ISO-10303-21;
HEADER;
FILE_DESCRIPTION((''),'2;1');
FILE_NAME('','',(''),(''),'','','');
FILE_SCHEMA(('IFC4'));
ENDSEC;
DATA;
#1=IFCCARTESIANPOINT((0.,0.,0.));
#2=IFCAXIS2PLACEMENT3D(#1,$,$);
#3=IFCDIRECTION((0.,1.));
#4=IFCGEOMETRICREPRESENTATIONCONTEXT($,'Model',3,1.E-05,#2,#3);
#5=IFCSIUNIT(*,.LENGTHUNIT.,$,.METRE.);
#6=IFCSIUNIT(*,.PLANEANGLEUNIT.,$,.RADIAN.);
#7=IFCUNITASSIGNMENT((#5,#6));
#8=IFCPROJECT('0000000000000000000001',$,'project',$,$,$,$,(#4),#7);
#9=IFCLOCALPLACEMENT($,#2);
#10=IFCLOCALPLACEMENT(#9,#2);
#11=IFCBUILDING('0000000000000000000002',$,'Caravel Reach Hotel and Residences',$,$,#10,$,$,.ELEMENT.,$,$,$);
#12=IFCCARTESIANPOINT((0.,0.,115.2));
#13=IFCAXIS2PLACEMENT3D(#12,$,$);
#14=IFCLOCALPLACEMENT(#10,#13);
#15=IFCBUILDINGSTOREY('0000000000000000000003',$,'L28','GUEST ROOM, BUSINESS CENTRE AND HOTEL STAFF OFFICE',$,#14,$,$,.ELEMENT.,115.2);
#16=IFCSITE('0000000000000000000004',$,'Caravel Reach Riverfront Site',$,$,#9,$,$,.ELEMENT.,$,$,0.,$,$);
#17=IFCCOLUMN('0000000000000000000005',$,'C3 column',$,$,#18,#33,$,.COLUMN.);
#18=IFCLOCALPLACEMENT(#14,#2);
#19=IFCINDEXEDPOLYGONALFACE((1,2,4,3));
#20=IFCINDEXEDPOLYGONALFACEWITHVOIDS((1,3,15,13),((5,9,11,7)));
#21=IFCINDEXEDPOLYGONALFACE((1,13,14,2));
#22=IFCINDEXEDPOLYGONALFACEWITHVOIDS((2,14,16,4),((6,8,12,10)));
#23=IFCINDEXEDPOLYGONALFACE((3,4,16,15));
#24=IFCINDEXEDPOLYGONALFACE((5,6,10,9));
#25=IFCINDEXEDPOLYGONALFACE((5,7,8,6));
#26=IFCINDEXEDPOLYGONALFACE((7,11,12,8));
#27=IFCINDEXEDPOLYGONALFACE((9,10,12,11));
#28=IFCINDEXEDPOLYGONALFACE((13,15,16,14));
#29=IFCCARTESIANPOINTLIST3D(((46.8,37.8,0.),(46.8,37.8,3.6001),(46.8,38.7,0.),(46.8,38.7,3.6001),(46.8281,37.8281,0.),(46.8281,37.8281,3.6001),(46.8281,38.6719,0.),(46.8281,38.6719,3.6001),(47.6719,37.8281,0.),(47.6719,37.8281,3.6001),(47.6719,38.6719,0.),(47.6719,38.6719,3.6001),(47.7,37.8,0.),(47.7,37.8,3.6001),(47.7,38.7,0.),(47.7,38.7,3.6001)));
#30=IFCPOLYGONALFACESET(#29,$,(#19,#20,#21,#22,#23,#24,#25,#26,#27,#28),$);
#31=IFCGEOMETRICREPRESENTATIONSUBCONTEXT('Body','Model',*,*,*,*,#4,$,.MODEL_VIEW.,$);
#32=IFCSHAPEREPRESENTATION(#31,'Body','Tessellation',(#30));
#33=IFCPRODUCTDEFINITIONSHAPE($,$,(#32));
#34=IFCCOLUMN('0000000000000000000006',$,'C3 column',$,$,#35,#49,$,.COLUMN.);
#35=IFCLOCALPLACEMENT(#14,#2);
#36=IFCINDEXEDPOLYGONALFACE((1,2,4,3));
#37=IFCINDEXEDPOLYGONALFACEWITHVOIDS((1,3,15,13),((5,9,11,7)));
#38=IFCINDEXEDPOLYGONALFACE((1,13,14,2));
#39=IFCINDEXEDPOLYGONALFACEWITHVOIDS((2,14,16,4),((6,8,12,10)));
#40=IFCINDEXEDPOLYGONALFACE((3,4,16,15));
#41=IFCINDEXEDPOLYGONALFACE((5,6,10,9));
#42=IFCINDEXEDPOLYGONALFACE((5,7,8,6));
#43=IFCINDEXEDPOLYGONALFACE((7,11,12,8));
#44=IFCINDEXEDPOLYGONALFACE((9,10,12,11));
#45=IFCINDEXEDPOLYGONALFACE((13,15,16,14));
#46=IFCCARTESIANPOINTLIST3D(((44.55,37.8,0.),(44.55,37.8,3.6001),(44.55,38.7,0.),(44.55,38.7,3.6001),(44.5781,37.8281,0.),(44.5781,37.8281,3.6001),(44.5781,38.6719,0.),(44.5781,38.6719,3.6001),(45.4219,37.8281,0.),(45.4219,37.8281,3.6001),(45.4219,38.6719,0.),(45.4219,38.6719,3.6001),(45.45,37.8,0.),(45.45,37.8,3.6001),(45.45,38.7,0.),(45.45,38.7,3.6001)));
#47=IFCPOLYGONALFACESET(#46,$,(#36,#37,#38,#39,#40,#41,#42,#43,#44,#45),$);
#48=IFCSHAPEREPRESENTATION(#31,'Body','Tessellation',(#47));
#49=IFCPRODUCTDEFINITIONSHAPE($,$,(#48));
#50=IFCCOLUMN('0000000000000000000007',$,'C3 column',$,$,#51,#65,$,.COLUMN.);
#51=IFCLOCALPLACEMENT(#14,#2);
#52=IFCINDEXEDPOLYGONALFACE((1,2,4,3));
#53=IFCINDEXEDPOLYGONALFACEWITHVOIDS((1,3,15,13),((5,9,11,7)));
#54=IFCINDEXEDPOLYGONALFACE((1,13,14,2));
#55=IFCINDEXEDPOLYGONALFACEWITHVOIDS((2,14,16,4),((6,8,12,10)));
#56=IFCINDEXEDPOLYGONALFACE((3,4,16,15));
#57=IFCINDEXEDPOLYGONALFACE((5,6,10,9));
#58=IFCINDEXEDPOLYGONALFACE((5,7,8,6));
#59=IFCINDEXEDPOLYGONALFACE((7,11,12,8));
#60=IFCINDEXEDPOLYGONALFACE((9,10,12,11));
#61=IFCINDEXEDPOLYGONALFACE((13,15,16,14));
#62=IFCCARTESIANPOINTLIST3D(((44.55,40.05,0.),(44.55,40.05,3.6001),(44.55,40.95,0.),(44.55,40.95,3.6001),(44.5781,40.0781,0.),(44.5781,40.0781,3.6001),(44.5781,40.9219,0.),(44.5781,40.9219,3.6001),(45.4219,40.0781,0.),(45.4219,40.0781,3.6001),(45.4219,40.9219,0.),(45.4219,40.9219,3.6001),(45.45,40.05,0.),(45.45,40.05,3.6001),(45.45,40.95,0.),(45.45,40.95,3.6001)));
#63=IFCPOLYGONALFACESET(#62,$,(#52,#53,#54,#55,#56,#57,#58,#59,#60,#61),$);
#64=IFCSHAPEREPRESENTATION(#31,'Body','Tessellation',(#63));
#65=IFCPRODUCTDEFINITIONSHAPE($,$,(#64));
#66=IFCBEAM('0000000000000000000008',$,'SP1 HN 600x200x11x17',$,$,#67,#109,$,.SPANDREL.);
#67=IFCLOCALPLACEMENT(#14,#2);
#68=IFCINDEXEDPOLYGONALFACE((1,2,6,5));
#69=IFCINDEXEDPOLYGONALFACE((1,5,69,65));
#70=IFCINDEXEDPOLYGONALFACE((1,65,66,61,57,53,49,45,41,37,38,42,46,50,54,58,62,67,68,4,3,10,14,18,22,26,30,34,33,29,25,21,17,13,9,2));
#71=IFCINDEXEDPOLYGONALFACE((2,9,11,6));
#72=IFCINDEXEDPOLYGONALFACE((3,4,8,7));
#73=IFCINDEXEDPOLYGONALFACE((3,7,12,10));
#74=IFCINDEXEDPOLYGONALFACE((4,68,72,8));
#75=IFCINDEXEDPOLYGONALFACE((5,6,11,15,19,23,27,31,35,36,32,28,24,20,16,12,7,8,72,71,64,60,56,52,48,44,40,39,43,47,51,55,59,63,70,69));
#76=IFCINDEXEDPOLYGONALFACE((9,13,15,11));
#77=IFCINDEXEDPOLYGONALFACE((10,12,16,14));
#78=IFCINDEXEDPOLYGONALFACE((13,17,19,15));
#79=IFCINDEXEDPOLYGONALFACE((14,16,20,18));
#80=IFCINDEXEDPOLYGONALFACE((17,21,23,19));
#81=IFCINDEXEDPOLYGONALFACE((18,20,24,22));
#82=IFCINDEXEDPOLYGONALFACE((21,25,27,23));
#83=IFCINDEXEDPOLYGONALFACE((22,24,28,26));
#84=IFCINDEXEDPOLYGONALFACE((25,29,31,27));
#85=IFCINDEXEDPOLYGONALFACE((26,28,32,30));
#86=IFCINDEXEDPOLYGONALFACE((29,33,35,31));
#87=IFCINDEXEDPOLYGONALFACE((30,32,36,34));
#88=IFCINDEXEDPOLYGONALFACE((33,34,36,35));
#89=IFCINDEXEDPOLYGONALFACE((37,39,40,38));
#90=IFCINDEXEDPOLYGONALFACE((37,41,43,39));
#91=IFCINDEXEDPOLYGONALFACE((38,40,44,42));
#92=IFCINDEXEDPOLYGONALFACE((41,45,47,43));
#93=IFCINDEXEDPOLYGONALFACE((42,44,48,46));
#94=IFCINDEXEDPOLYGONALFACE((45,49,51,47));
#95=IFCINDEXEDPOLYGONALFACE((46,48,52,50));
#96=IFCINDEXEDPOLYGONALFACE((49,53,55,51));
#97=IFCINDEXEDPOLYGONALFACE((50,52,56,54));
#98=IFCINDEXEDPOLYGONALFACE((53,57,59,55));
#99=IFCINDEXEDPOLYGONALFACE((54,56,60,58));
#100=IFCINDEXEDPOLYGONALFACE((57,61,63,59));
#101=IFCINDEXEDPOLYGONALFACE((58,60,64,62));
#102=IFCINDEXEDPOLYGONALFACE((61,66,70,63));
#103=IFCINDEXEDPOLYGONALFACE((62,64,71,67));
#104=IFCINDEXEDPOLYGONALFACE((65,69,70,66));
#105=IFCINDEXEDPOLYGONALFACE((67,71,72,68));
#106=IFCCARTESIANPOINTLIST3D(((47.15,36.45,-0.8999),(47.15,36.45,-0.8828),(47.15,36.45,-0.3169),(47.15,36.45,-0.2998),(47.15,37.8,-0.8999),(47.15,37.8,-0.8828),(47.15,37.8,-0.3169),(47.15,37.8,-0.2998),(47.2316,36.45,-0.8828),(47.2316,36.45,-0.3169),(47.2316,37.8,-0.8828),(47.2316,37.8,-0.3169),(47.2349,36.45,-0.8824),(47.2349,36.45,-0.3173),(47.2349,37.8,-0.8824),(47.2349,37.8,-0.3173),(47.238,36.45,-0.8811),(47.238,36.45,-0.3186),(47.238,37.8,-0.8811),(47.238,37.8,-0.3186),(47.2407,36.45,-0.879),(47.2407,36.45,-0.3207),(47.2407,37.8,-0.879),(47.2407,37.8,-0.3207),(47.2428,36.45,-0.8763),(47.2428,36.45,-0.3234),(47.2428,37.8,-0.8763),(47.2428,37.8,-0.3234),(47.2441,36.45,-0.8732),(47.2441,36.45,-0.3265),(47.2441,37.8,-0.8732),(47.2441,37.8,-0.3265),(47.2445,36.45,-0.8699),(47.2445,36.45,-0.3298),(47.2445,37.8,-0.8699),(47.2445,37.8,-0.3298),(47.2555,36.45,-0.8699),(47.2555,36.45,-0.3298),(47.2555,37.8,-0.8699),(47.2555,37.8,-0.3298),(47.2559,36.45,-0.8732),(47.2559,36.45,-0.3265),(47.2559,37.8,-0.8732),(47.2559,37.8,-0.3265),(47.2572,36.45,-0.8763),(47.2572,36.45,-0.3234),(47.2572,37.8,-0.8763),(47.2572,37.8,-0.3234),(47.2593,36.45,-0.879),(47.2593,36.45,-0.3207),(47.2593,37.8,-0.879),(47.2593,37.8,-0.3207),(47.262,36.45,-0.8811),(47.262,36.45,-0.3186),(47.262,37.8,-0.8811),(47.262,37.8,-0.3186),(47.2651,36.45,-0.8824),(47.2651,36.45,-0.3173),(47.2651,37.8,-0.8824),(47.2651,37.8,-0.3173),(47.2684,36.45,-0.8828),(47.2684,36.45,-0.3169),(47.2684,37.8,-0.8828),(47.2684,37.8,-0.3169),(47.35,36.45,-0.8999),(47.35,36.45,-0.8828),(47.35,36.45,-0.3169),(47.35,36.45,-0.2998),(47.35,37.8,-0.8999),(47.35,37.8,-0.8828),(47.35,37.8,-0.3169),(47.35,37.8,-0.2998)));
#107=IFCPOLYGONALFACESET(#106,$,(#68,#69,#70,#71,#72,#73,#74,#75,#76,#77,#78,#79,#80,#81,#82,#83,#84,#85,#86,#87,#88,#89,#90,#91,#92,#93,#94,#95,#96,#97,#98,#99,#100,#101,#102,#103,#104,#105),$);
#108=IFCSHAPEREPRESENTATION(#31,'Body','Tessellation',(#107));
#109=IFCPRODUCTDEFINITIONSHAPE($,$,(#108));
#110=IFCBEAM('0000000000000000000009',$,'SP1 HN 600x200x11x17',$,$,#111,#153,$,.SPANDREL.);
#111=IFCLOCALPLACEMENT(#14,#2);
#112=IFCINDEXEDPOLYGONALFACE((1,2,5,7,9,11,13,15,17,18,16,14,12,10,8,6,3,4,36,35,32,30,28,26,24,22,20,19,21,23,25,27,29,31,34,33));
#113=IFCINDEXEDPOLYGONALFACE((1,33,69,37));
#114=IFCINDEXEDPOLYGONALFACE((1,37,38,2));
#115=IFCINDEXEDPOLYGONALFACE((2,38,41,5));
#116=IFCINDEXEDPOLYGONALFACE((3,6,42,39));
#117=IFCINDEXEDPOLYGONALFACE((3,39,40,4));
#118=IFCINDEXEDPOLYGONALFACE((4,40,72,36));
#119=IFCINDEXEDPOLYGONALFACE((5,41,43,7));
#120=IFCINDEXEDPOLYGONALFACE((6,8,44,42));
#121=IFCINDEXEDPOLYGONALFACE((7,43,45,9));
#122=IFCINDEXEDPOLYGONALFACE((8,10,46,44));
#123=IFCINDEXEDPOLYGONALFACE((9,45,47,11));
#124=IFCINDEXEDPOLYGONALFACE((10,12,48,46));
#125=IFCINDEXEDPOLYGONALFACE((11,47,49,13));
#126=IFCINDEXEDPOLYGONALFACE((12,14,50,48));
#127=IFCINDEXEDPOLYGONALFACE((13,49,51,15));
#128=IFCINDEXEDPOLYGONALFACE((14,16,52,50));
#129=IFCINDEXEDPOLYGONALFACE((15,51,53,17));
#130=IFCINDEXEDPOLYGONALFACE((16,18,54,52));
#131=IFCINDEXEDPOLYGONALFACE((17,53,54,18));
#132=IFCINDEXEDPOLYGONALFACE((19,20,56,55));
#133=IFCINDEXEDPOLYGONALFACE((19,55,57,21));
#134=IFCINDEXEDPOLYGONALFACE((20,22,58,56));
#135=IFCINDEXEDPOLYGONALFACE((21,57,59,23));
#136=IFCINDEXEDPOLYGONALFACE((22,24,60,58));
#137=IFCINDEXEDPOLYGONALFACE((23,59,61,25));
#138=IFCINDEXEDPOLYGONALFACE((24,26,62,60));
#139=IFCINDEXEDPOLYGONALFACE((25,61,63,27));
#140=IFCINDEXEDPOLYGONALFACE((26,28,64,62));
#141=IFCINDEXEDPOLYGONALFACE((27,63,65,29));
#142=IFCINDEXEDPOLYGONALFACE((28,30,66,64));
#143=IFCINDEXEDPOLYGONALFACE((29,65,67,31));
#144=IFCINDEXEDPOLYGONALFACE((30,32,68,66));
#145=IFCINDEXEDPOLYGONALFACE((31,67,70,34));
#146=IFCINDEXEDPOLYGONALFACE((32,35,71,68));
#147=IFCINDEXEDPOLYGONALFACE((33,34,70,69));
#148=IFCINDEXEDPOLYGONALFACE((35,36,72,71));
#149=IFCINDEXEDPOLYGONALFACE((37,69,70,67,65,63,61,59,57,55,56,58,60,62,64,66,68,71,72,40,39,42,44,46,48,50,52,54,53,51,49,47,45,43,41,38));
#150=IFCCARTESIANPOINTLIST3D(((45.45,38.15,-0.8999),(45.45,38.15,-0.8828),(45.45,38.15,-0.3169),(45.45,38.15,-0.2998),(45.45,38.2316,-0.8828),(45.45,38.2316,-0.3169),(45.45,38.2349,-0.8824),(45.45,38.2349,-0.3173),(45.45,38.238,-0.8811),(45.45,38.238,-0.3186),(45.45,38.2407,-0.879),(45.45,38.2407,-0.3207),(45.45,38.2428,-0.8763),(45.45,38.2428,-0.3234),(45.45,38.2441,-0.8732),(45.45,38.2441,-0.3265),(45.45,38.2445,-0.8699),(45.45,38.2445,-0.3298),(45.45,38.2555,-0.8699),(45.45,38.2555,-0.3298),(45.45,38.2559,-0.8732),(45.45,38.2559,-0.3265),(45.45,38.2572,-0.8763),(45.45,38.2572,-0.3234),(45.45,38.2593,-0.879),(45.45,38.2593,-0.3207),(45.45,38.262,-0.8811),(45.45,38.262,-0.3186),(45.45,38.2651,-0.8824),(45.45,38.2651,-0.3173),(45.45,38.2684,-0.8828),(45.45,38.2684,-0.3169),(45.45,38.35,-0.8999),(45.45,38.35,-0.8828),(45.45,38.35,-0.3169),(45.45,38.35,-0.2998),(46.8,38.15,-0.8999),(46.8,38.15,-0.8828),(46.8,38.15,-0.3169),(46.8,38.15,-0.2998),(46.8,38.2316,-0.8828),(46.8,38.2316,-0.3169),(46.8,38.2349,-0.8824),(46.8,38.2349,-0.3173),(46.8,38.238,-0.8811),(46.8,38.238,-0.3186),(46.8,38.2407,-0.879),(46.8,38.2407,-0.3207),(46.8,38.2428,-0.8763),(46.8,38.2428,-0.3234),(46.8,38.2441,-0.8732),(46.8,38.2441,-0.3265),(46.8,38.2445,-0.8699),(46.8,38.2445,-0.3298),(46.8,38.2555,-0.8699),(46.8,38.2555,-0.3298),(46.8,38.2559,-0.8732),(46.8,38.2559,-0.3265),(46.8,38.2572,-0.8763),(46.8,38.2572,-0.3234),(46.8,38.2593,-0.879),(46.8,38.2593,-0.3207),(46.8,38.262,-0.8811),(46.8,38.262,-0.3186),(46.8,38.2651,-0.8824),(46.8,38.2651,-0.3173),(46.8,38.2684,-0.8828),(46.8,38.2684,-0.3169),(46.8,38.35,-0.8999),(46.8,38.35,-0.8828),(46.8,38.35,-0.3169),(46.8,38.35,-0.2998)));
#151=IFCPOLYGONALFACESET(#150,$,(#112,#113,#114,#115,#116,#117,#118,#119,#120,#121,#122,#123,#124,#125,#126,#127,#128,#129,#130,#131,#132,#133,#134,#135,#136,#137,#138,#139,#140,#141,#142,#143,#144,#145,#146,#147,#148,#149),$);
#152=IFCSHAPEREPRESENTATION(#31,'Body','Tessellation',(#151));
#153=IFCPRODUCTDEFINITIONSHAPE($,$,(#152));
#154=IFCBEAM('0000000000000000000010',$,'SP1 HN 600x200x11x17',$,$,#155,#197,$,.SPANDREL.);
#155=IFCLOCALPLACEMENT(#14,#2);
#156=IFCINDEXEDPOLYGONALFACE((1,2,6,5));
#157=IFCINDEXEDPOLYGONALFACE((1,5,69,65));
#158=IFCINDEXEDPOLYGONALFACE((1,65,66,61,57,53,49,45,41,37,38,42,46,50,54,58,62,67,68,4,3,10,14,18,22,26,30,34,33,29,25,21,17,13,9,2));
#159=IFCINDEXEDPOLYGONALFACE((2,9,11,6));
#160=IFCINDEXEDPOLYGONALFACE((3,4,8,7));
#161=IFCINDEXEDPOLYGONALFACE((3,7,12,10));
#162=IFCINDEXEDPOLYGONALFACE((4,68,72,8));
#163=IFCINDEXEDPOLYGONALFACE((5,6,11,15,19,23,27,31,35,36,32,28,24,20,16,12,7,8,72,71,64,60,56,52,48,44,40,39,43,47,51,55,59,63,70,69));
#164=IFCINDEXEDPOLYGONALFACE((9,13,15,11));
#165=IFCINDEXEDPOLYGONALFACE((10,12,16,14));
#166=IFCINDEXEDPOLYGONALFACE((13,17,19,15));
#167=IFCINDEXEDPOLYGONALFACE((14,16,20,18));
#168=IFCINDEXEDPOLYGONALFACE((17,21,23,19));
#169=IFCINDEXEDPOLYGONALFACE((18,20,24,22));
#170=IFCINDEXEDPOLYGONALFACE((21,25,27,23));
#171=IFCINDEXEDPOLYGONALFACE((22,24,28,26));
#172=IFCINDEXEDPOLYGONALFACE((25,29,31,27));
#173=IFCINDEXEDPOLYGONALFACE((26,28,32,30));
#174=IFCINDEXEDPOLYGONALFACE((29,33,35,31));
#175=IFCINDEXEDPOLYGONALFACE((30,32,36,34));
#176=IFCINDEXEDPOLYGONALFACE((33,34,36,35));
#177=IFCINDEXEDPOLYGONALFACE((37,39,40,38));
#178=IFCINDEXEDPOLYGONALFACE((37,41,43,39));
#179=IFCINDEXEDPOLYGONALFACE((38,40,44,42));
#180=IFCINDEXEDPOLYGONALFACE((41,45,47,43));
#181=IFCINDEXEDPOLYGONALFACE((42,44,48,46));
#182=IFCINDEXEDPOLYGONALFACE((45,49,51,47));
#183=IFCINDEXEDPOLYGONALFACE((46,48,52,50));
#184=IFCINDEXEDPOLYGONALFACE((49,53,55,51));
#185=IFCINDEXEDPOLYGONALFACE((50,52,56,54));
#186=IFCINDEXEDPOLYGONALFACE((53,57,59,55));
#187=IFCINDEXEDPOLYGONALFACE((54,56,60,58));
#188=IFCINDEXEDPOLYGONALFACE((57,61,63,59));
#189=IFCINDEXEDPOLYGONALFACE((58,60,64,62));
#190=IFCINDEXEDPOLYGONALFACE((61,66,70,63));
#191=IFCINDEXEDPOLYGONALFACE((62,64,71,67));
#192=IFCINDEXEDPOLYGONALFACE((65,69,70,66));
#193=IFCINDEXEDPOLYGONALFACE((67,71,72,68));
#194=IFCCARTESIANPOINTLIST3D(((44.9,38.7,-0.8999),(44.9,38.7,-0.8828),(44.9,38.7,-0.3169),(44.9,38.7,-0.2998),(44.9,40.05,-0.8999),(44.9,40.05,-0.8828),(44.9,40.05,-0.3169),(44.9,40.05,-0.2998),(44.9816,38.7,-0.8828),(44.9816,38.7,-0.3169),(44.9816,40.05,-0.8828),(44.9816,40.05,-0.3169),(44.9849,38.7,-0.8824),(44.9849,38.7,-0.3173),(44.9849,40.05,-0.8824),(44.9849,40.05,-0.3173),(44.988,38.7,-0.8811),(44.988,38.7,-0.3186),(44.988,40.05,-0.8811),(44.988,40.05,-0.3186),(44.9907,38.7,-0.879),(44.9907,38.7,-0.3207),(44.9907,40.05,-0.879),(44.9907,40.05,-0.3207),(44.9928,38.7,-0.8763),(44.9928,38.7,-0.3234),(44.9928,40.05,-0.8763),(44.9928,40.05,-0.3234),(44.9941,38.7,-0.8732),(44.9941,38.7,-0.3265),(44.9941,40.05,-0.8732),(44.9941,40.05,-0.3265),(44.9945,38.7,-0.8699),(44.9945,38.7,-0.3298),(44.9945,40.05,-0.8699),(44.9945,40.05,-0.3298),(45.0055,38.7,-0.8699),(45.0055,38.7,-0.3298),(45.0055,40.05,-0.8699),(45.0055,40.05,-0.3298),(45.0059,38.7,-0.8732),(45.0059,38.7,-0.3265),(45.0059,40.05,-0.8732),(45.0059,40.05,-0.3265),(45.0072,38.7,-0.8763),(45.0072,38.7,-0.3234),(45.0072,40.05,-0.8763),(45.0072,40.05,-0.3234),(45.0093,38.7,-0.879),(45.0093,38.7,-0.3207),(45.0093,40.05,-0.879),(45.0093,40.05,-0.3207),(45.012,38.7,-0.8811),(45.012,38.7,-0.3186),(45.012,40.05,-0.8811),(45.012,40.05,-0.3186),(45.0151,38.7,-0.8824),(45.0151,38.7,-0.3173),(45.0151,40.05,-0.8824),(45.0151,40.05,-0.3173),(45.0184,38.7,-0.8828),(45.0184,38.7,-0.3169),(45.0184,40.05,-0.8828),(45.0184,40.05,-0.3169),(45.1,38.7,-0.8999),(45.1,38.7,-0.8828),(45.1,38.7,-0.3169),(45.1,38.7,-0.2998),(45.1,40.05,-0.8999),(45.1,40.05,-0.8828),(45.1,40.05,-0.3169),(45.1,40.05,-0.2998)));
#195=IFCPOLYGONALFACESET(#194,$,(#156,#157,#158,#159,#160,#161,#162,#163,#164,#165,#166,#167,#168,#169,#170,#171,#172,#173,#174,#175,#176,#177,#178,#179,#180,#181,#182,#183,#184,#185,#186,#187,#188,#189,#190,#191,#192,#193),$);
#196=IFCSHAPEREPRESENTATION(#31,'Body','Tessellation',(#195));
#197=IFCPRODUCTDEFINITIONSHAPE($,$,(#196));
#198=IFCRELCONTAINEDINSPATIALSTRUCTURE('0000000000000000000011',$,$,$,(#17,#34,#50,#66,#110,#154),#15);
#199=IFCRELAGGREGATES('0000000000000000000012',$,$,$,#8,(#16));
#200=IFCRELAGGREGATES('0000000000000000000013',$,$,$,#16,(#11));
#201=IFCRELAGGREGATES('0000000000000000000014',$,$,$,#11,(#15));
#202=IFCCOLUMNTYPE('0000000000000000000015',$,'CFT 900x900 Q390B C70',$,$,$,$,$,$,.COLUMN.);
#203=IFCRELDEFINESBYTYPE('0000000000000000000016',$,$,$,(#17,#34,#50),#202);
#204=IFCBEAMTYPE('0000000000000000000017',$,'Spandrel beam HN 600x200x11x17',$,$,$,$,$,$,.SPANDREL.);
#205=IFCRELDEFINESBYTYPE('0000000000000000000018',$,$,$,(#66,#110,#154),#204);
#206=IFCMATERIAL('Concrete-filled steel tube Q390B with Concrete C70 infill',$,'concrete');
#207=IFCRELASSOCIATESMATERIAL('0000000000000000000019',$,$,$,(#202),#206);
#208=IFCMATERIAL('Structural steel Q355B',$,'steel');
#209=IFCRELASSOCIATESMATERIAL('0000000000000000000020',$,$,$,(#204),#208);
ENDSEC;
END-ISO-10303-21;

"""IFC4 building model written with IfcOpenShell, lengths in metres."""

from ifc_helpers import new_model, si_unit, direction, frame, origin, origin_2d, place, context, subcontext, project, spatial, hollow_rectangle, i_section, extrude, material, material_profile, profile_set, type_object, element, save


model = new_model("IFC4")

# Units and contexts
model_context = context("Model", 3, precision=1e-05, world=origin(), true_north=direction((0.0, 1.0)))
body_context = subcontext(model_context, "Body", "Model", "MODEL_VIEW")
ifc_project = project(units=[si_unit("LENGTHUNIT", "METRE"), si_unit("PLANEANGLEUNIT", "RADIAN")], contexts=[model_context])

# Site, building, storey
site_placement = place(None, origin())
site = spatial("IfcSite", under=ifc_project, at=site_placement, Name="Caravel Reach Riverfront Site", CompositionType="ELEMENT", RefElevation=0.0)
building_placement = place(site_placement, origin())
building = spatial("IfcBuilding", under=site, at=building_placement, Name="Caravel Reach Hotel and Residences", CompositionType="ELEMENT")
storey_placement = place(building_placement, frame((0.0, 0.0, 115.2)))
storey = spatial("IfcBuildingStorey", under=building, at=storey_placement, Name="L28", Description="GUEST ROOM, BUSINESS CENTRE AND HOTEL STAFF OFFICE", CompositionType="ELEMENT", Elevation=115.2)

# Columns
ifc_material_1 = material(Name="Concrete-filled steel tube Q390B with Concrete C70 infill", Category="concrete")
ifc_material_profile_1 = material_profile(ifc_material_1, hollow_rectangle(XDim=0.8999, YDim=0.8999, WallThickness=0.0281, at=origin_2d()), Name="RHS 900x900x28")
ifc_profile_set_1 = profile_set([ifc_material_profile_1], Name="Concrete-filled steel tube Q390B with Concrete C70 infill")
column_type = type_object("IfcColumnType", Name="CFT 900x900 Q390B C70", PredefinedType="COLUMN", material=ifc_profile_set_1)
for number, where, z_axis, x_axis, name in (
    (1, (47.25, 38.25, 0.0), (0.0, 0.0, 1.0), (1.0, 0.0, 0.0), "C3 column"),
    (2, (45.0, 38.25, 0.0), (0.0, 0.0, 1.0), (1.0, 0.0, 0.0), "C3 column"),
    (3, (45.0, 40.5, 0.0), (0.0, 0.0, 1.0), (1.0, 0.0, 0.0), "C3 column"),
):
    element("IfcColumn", number, at=place(storey_placement, frame(where, z_axis=z_axis, x_axis=x_axis)), inside=storey, type_object=column_type, Name=name, PredefinedType="COLUMN", context=body_context, shape_type="SweptSolid", body=[
        extrude(hollow_rectangle(XDim=0.8999, YDim=0.8999, WallThickness=0.0281, at=origin_2d()), origin(), (0.0, 0.0, 1.0), 3.6001),
    ])

# Beams
ifc_material_2 = material(Name="Structural steel Q355B", Category="steel")
ifc_material_profile_2 = material_profile(ifc_material_2, i_section(OverallWidth=0.2, OverallDepth=0.6001, WebThickness=0.011, FlangeThickness=0.0171, FilletRadius=0.0129, at=origin_2d()), Name="HN 600x200x11x17")
ifc_profile_set_2 = profile_set([ifc_material_profile_2], Name="Structural steel Q355B")
beam_type = type_object("IfcBeamType", Name="Spandrel beam HN 600x200x11x17", PredefinedType="SPANDREL", material=ifc_profile_set_2)
for number, where, z_axis, x_axis, name in (
    (4, (47.25, 36.45, -0.5999), (0.0, 1.0, 0.0), (-1.0, 0.0, 0.0), "SP1 HN 600x200x11x17"),
    (5, (46.8, 38.25, -0.5999), (-1.0, 0.0, 0.0), (0.0, -1.0, 0.0), "SP1 HN 600x200x11x17"),
    (6, (45.0, 38.7, -0.5999), (0.0, 1.0, 0.0), (-1.0, 0.0, 0.0), "SP1 HN 600x200x11x17"),
):
    element("IfcBeam", number, at=place(storey_placement, frame(where, z_axis=z_axis, x_axis=x_axis)), inside=storey, type_object=beam_type, Name=name, PredefinedType="SPANDREL", context=body_context, shape_type="SweptSolid", body=[
        extrude(i_section(OverallWidth=0.2, OverallDepth=0.6001, WebThickness=0.011, FlangeThickness=0.0171, FilletRadius=0.0129, at=origin_2d()), origin(), (0.0, 0.0, 1.0), 1.3501),
    ])

save(model, "model.ifc")
